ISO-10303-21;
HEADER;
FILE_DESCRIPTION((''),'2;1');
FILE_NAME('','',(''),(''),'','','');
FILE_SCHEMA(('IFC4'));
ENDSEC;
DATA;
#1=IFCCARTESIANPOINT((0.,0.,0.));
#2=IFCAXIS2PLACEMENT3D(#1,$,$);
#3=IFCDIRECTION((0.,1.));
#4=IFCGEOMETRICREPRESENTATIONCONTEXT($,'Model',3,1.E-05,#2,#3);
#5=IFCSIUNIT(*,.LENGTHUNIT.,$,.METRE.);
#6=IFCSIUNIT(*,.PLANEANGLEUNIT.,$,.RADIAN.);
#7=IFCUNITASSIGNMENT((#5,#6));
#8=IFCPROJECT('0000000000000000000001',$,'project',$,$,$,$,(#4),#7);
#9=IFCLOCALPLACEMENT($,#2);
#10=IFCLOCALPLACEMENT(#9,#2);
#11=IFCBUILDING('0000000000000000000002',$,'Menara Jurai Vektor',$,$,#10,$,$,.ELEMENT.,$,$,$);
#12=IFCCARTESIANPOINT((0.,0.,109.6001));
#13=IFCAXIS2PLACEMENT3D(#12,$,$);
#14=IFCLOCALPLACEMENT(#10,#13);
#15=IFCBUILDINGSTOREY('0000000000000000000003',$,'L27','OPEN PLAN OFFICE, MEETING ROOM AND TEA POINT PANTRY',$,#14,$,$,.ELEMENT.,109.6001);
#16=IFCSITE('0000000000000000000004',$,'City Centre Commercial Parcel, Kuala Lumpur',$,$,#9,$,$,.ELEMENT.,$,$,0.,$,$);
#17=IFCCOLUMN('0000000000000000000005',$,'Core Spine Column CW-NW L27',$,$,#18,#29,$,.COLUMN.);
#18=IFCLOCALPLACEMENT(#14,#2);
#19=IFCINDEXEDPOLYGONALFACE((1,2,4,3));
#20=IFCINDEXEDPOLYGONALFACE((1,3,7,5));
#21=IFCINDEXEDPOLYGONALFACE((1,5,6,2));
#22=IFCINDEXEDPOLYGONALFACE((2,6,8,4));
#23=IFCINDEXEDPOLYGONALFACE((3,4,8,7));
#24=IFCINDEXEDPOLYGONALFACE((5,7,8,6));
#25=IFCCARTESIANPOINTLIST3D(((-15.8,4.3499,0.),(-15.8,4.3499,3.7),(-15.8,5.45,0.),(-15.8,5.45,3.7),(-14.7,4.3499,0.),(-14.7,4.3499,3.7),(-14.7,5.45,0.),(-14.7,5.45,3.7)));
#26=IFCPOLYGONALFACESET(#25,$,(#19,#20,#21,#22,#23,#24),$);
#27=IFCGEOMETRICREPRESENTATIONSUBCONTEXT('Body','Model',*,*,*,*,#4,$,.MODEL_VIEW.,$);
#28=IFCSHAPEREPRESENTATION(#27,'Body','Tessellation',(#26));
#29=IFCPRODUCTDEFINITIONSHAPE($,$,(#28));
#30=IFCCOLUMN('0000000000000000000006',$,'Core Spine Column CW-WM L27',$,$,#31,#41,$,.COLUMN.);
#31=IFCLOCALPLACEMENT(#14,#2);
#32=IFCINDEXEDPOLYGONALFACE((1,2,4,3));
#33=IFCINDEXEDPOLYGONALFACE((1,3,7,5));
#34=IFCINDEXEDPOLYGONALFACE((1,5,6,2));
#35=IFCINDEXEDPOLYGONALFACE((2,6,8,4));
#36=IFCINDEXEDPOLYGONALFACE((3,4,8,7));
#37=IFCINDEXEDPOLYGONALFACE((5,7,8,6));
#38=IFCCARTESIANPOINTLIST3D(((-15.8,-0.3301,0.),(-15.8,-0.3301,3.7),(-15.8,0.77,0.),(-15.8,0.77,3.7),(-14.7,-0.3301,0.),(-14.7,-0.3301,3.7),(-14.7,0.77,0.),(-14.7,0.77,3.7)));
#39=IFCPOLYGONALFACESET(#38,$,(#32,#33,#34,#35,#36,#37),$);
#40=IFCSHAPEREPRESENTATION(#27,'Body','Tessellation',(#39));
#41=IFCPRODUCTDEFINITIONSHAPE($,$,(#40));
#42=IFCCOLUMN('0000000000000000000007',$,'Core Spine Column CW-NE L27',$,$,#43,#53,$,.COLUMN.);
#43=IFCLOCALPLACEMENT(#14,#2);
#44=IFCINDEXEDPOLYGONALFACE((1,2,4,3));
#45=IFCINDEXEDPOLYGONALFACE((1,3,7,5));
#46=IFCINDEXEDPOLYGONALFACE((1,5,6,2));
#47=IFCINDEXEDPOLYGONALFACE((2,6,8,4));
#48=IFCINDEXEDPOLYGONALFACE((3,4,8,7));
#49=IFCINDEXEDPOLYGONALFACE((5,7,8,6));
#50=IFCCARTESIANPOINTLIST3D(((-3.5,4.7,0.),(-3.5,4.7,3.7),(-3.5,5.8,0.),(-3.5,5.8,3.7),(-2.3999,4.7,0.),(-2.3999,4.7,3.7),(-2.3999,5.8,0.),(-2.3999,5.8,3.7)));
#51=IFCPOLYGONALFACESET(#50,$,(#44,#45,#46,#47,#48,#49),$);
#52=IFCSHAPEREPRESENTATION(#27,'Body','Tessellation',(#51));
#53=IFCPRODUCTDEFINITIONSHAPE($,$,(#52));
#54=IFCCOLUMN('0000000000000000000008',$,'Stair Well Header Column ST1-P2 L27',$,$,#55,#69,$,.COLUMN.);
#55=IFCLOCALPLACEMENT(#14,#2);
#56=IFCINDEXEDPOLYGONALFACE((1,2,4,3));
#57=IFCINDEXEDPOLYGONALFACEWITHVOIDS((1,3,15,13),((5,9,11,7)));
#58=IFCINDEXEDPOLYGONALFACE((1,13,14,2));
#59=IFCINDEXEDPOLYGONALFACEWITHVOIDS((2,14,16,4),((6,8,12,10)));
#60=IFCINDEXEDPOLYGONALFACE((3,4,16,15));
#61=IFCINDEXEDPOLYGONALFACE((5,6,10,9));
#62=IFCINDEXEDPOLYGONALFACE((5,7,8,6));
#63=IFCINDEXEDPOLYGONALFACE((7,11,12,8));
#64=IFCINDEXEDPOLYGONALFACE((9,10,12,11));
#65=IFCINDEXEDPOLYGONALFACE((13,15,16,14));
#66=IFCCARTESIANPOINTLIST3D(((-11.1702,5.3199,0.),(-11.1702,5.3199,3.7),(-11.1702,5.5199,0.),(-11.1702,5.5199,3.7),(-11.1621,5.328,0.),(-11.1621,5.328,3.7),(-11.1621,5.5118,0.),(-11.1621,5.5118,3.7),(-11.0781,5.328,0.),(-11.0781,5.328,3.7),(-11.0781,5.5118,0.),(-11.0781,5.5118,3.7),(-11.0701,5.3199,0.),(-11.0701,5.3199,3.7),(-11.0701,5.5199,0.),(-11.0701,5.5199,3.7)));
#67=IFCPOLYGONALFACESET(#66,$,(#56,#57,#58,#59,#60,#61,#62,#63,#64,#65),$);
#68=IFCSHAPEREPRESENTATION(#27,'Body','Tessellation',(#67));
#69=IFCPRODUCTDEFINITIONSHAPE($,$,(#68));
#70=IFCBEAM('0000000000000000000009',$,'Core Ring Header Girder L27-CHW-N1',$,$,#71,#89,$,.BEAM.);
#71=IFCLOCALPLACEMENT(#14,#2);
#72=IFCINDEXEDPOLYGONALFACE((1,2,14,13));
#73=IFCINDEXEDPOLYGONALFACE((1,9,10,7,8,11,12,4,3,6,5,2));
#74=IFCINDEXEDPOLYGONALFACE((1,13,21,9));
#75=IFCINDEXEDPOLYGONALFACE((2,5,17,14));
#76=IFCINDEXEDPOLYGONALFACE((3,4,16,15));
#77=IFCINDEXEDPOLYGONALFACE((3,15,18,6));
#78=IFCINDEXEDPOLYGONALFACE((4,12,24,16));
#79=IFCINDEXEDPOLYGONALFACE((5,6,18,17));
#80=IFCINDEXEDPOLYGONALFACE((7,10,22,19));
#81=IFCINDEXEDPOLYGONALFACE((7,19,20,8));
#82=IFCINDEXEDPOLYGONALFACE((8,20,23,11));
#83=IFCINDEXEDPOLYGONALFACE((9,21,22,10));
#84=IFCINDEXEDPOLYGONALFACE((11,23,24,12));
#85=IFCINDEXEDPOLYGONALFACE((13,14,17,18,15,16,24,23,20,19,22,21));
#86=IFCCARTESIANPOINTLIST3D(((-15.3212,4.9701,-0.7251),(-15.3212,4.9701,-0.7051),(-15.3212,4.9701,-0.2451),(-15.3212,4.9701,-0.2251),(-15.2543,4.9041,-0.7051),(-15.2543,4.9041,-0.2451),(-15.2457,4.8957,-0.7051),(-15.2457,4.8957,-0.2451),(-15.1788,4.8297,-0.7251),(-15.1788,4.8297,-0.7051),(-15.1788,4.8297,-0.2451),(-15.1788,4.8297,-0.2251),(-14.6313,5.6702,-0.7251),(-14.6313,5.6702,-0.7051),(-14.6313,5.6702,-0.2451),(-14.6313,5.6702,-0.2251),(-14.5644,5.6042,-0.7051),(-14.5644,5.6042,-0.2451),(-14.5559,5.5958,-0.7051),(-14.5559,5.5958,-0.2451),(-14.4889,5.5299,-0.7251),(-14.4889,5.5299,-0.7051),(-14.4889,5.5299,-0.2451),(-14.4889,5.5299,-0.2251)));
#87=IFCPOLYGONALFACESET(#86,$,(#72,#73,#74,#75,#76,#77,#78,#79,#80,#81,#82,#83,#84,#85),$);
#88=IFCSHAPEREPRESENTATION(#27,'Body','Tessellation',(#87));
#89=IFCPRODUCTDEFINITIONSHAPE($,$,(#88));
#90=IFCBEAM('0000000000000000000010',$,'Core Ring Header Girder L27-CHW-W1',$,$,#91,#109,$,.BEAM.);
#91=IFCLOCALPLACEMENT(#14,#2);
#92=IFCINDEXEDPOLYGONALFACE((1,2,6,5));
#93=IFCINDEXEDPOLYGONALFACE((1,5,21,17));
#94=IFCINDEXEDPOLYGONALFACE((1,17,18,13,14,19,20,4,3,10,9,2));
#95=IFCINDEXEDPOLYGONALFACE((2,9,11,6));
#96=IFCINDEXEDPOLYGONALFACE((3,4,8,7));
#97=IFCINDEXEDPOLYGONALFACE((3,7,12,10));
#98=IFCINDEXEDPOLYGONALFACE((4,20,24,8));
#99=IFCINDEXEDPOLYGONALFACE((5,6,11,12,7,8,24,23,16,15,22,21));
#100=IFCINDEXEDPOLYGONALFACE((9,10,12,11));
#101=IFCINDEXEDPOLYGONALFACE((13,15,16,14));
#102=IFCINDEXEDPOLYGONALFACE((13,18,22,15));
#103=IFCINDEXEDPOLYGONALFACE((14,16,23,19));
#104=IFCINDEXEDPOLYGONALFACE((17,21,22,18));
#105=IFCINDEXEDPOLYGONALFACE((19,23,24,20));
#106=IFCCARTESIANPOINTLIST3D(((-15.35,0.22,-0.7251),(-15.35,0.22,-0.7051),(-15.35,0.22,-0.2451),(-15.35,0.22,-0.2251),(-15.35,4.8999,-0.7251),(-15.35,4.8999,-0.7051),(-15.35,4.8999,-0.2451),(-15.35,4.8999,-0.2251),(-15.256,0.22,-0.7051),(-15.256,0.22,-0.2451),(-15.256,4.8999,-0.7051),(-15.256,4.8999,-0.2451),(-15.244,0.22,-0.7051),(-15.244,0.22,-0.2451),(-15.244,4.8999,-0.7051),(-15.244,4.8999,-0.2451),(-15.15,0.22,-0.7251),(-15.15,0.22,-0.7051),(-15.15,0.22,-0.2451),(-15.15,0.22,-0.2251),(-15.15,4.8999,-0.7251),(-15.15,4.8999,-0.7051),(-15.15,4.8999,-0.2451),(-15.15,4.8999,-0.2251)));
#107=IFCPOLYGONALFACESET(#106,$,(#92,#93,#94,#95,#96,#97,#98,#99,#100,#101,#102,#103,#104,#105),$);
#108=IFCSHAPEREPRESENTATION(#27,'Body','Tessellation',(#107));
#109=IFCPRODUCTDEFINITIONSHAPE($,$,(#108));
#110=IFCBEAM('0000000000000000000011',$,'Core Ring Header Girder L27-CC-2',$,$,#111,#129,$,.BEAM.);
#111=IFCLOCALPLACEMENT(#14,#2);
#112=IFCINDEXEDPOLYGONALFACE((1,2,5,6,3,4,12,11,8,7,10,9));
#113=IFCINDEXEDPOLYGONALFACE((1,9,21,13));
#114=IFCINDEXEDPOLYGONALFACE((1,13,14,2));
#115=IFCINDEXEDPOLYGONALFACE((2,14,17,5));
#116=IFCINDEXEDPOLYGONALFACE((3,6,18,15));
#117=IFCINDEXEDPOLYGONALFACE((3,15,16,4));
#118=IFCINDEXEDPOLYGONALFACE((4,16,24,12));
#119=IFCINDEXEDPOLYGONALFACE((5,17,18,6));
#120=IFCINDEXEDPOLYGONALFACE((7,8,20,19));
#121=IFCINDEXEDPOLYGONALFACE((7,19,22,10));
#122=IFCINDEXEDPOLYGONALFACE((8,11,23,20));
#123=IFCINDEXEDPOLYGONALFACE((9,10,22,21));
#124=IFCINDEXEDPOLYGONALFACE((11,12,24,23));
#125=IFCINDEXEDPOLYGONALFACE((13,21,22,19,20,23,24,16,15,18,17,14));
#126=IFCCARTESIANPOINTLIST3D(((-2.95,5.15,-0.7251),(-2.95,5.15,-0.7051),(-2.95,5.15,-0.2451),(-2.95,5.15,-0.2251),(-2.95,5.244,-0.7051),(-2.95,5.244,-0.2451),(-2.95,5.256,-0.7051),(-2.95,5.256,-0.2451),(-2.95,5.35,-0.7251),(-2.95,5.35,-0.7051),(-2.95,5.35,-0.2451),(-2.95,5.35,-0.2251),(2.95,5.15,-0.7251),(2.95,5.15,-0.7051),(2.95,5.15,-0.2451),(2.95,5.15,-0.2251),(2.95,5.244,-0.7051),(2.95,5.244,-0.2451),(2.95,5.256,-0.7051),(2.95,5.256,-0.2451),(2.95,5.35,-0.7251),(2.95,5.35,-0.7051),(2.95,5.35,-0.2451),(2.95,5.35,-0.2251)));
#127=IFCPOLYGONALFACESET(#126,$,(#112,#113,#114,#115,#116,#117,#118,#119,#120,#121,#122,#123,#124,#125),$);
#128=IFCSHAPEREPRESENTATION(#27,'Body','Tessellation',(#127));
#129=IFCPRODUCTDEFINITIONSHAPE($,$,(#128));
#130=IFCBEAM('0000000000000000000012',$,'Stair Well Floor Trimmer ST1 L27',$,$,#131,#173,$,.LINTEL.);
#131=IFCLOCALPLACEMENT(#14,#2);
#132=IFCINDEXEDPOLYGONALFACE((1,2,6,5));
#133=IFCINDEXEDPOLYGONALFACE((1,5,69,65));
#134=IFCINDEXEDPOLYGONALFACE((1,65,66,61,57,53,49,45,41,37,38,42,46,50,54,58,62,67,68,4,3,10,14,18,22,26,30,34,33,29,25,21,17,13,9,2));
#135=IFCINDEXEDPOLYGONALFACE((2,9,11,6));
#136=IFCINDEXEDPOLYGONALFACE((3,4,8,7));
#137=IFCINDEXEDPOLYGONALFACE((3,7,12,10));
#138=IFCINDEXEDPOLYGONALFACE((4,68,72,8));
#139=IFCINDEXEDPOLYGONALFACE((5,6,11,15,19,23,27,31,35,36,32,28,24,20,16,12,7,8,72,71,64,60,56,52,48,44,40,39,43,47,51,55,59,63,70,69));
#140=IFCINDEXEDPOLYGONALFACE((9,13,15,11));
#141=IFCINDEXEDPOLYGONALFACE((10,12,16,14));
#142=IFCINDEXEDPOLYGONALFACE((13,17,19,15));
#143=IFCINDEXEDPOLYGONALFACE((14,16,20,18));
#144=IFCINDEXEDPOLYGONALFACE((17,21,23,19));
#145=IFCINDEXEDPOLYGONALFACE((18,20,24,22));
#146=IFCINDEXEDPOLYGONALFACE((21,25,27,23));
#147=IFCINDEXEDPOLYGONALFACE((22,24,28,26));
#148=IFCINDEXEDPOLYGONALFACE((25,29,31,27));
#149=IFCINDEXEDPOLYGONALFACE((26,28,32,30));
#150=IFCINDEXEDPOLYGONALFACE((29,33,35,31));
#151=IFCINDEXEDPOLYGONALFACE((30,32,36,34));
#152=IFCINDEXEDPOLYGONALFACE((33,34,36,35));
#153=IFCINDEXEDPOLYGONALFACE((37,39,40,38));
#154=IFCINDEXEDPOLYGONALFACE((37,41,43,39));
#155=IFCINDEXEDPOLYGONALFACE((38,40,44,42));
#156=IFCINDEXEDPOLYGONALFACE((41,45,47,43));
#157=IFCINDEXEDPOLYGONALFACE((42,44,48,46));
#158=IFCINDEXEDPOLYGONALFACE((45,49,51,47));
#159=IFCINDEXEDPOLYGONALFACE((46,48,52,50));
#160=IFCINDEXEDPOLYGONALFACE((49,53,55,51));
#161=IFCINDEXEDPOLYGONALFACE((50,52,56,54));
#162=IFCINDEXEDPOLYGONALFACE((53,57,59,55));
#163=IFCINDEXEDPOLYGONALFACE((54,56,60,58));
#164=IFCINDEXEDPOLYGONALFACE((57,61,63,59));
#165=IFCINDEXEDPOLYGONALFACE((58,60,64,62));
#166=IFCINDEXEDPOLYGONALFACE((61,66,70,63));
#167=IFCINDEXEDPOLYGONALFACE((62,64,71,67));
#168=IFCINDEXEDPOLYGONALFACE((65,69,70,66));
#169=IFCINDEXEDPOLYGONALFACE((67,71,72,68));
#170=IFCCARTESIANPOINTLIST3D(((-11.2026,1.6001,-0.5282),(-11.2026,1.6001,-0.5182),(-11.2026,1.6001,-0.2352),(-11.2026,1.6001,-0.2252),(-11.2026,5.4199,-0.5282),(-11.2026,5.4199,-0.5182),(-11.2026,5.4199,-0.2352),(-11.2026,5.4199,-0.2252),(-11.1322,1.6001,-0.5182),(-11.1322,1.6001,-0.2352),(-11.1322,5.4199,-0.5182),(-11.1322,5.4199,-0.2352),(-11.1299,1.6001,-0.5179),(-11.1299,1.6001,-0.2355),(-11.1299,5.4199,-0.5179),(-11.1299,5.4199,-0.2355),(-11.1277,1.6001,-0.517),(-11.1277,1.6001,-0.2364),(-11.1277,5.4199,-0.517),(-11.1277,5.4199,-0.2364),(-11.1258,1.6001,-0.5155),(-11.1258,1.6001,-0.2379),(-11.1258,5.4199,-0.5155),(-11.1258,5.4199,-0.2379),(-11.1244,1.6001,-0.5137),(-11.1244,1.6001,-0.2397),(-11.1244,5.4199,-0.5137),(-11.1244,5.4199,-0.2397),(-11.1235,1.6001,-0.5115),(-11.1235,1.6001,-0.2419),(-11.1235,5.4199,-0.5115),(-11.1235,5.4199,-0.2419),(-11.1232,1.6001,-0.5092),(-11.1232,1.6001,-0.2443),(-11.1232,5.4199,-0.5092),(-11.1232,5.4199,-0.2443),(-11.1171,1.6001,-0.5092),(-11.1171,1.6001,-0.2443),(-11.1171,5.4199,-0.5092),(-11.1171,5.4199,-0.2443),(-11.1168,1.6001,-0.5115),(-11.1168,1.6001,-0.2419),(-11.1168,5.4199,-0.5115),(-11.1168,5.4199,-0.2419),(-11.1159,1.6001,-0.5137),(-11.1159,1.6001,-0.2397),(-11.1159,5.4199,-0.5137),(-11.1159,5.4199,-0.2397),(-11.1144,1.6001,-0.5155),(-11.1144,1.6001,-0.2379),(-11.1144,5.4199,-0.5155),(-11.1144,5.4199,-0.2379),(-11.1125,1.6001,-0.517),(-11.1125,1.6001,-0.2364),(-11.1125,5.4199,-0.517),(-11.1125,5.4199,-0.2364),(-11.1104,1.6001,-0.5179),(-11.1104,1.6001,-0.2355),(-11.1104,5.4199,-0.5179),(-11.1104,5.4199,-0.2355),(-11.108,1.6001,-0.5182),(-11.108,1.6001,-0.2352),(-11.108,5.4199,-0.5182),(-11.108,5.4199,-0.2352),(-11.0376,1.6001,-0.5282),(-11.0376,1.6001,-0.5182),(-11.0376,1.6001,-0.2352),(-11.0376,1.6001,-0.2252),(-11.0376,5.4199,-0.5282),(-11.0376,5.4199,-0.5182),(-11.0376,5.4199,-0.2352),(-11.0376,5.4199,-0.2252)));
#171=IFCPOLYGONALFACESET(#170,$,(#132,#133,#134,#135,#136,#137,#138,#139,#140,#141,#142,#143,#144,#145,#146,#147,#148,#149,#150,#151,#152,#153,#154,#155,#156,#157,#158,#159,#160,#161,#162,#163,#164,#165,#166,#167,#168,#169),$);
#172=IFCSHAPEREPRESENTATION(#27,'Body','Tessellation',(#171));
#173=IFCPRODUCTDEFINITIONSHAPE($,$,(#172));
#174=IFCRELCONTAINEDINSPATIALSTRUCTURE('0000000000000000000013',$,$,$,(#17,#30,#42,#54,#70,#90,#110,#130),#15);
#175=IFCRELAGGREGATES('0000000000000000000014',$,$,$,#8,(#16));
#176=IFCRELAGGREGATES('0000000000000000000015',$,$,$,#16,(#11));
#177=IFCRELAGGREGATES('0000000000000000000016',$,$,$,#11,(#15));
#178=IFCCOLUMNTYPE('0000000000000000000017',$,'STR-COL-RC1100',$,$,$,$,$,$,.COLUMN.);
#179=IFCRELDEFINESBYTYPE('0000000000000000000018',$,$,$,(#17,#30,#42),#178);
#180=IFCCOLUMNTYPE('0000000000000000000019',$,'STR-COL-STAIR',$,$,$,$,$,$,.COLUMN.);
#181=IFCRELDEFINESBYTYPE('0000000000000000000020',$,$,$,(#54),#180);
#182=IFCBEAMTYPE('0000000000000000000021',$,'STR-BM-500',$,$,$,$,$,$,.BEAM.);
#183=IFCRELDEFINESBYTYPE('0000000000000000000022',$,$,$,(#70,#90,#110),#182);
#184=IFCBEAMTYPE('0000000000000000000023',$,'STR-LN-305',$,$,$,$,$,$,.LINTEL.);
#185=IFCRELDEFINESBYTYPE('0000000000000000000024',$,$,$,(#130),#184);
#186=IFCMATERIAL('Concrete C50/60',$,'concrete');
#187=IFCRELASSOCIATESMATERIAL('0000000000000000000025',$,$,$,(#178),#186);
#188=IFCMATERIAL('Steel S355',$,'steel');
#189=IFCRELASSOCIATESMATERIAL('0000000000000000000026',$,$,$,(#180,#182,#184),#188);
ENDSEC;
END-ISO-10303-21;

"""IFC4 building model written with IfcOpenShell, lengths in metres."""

from ifc_helpers import new_model, si_unit, direction, frame, origin, origin_2d, place, context, subcontext, project, spatial, rectangle, hollow_rectangle, i_section, extrude, material, material_profile, profile_set, type_object, element, save


model = new_model("IFC4")

# Units and contexts
model_context = context("Model", 3, precision=1e-05, world=origin(), true_north=direction((0.0, 1.0)))
body_context = subcontext(model_context, "Body", "Model", "MODEL_VIEW")
ifc_project = project(units=[si_unit("LENGTHUNIT", "METRE"), si_unit("PLANEANGLEUNIT", "RADIAN")], contexts=[model_context])

# Site, building, storey
site_placement = place(None, origin())
site = spatial("IfcSite", under=ifc_project, at=site_placement, Name="City Centre Commercial Parcel, Kuala Lumpur", CompositionType="ELEMENT", RefElevation=0.0)
building_placement = place(site_placement, origin())
building = spatial("IfcBuilding", under=site, at=building_placement, Name="Menara Jurai Vektor", CompositionType="ELEMENT")
storey_placement = place(building_placement, frame((0.0, 0.0, 109.6001)))
storey = spatial("IfcBuildingStorey", under=building, at=storey_placement, Name="L27", Description="OPEN PLAN OFFICE, MEETING ROOM AND TEA POINT PANTRY", CompositionType="ELEMENT", Elevation=109.6001)

# Columns
ifc_material_1 = material(Name="Concrete C50/60", Category="concrete")
ifc_material_profile_1 = material_profile(ifc_material_1, rectangle(XDim=1.1001, YDim=1.1001, at=origin_2d()), Name="RC 1100x1100")
ifc_profile_set_1 = profile_set([ifc_material_profile_1], Name="Concrete C50/60")
column_type_1 = type_object("IfcColumnType", Name="STR-COL-RC1100", PredefinedType="COLUMN", material=ifc_profile_set_1)
for number, where, z_axis, x_axis, name in (
    (1, (-15.25, 4.8999, 0.0), (0.0, 0.0, 1.0), (1.0, 0.0, 0.0), "Core Spine Column CW-NW L27"),
    (2, (-15.25, 0.22, 0.0), (0.0, 0.0, 1.0), (1.0, 0.0, 0.0), "Core Spine Column CW-WM L27"),
    (3, (-2.95, 5.25, 0.0), (0.0, 0.0, 1.0), (1.0, 0.0, 0.0), "Core Spine Column CW-NE L27"),
):
    element("IfcColumn", number, at=place(storey_placement, frame(where, z_axis=z_axis, x_axis=x_axis)), inside=storey, type_object=column_type_1, Name=name, PredefinedType="COLUMN", context=body_context, shape_type="SweptSolid", body=[
        extrude(rectangle(XDim=1.1001, YDim=1.1001, at=origin_2d()), origin(), (0.0, 0.0, 1.0), 3.7),
    ])
ifc_material_2 = material(Name="Steel S355", Category="steel")
ifc_material_profile_2 = material_profile(ifc_material_2, hollow_rectangle(XDim=0.1001, YDim=0.2, WallThickness=0.0081, at=origin_2d()), Name="RHS 200x100x8")
ifc_profile_set_2 = profile_set([ifc_material_profile_2], Name="Steel S355")
column_type_2 = type_object("IfcColumnType", Name="STR-COL-STAIR", PredefinedType="COLUMN", material=ifc_profile_set_2)
column_placement = place(storey_placement, frame((-11.1201, 5.4199, 0.0), z_axis=(0.0, 0.0, 1.0), x_axis=(1.0, 0.0, 0.0)))
element("IfcColumn", 4, at=column_placement, inside=storey, type_object=column_type_2, Name="Stair Well Header Column ST1-P2 L27", PredefinedType="COLUMN", context=body_context, shape_type="SweptSolid", body=[
    extrude(hollow_rectangle(XDim=0.1001, YDim=0.2, WallThickness=0.0081, at=origin_2d()), origin(), (0.0, 0.0, 1.0), 3.7),
])

# Beams
ifc_material_profile_3 = material_profile(ifc_material_2, i_section(OverallWidth=0.2, OverallDepth=0.5, WebThickness=0.012, FlangeThickness=0.02, at=origin_2d()), Name="PG 500x200x96")
ifc_profile_set_3 = profile_set([ifc_material_profile_3], Name="Steel S355")
beam_type_1 = type_object("IfcBeamType", Name="STR-BM-500", PredefinedType="BEAM", material=ifc_profile_set_3)
beam_1_placement = place(storey_placement, frame((-15.25, 4.8999, -0.4751), z_axis=(0.701872, 0.712303, 0.0), x_axis=(-0.712303, 0.701872, 0.0)))
element("IfcBeam", 5, at=beam_1_placement, inside=storey, type_object=beam_type_1, Name="Core Ring Header Girder L27-CHW-N1", PredefinedType="BEAM", context=body_context, shape_type="SweptSolid", body=[
    extrude(i_section(OverallWidth=0.2, OverallDepth=0.5, WebThickness=0.012, FlangeThickness=0.02, at=origin_2d()), origin(), (0.0, 0.0, 1.0), 0.9829),
])
beam_2_placement = place(storey_placement, frame((-15.25, 0.22, -0.4751), z_axis=(0.0, 1.0, 0.0), x_axis=(-1.0, 0.0, 0.0)))
element("IfcBeam", 6, at=beam_2_placement, inside=storey, type_object=beam_type_1, Name="Core Ring Header Girder L27-CHW-W1", PredefinedType="BEAM", context=body_context, shape_type="SweptSolid", body=[
    extrude(i_section(OverallWidth=0.2, OverallDepth=0.5, WebThickness=0.012, FlangeThickness=0.02, at=origin_2d()), origin(), (0.0, 0.0, 1.0), 4.6799),
])
beam_3_placement = place(storey_placement, frame((-2.95, 5.25, -0.4751), z_axis=(1.0, 0.0, 0.0), x_axis=(0.0, 1.0, 0.0)))
element("IfcBeam", 7, at=beam_3_placement, inside=storey, type_object=beam_type_1, Name="Core Ring Header Girder L27-CC-2", PredefinedType="BEAM", context=body_context, shape_type="SweptSolid", body=[
    extrude(i_section(OverallWidth=0.2, OverallDepth=0.5, WebThickness=0.012, FlangeThickness=0.02, at=origin_2d()), origin(), (0.0, 0.0, 1.0), 5.8999),
])
ifc_material_profile_4 = material_profile(ifc_material_2, i_section(OverallWidth=0.165, OverallDepth=0.303, WebThickness=0.0061, FlangeThickness=0.01, FilletRadius=0.009, at=origin_2d()), Name="UKB 305x165x40")
ifc_profile_set_4 = profile_set([ifc_material_profile_4], Name="Steel S355")
beam_type_2 = type_object("IfcBeamType", Name="STR-LN-305", PredefinedType="LINTEL", material=ifc_profile_set_4)
beam_4_placement = place(storey_placement, frame((-11.1201, 1.6001, -0.3767), z_axis=(0.0, 1.0, 0.0), x_axis=(-1.0, 0.0, 0.0)))
element("IfcBeam", 8, at=beam_4_placement, inside=storey, type_object=beam_type_2, Name="Stair Well Floor Trimmer ST1 L27", PredefinedType="LINTEL", context=body_context, shape_type="SweptSolid", body=[
    extrude(i_section(OverallWidth=0.165, OverallDepth=0.303, WebThickness=0.0061, FlangeThickness=0.01, FilletRadius=0.009, at=origin_2d()), origin(), (0.0, 0.0, 1.0), 3.8198),
])

save(model, "model.ifc")
